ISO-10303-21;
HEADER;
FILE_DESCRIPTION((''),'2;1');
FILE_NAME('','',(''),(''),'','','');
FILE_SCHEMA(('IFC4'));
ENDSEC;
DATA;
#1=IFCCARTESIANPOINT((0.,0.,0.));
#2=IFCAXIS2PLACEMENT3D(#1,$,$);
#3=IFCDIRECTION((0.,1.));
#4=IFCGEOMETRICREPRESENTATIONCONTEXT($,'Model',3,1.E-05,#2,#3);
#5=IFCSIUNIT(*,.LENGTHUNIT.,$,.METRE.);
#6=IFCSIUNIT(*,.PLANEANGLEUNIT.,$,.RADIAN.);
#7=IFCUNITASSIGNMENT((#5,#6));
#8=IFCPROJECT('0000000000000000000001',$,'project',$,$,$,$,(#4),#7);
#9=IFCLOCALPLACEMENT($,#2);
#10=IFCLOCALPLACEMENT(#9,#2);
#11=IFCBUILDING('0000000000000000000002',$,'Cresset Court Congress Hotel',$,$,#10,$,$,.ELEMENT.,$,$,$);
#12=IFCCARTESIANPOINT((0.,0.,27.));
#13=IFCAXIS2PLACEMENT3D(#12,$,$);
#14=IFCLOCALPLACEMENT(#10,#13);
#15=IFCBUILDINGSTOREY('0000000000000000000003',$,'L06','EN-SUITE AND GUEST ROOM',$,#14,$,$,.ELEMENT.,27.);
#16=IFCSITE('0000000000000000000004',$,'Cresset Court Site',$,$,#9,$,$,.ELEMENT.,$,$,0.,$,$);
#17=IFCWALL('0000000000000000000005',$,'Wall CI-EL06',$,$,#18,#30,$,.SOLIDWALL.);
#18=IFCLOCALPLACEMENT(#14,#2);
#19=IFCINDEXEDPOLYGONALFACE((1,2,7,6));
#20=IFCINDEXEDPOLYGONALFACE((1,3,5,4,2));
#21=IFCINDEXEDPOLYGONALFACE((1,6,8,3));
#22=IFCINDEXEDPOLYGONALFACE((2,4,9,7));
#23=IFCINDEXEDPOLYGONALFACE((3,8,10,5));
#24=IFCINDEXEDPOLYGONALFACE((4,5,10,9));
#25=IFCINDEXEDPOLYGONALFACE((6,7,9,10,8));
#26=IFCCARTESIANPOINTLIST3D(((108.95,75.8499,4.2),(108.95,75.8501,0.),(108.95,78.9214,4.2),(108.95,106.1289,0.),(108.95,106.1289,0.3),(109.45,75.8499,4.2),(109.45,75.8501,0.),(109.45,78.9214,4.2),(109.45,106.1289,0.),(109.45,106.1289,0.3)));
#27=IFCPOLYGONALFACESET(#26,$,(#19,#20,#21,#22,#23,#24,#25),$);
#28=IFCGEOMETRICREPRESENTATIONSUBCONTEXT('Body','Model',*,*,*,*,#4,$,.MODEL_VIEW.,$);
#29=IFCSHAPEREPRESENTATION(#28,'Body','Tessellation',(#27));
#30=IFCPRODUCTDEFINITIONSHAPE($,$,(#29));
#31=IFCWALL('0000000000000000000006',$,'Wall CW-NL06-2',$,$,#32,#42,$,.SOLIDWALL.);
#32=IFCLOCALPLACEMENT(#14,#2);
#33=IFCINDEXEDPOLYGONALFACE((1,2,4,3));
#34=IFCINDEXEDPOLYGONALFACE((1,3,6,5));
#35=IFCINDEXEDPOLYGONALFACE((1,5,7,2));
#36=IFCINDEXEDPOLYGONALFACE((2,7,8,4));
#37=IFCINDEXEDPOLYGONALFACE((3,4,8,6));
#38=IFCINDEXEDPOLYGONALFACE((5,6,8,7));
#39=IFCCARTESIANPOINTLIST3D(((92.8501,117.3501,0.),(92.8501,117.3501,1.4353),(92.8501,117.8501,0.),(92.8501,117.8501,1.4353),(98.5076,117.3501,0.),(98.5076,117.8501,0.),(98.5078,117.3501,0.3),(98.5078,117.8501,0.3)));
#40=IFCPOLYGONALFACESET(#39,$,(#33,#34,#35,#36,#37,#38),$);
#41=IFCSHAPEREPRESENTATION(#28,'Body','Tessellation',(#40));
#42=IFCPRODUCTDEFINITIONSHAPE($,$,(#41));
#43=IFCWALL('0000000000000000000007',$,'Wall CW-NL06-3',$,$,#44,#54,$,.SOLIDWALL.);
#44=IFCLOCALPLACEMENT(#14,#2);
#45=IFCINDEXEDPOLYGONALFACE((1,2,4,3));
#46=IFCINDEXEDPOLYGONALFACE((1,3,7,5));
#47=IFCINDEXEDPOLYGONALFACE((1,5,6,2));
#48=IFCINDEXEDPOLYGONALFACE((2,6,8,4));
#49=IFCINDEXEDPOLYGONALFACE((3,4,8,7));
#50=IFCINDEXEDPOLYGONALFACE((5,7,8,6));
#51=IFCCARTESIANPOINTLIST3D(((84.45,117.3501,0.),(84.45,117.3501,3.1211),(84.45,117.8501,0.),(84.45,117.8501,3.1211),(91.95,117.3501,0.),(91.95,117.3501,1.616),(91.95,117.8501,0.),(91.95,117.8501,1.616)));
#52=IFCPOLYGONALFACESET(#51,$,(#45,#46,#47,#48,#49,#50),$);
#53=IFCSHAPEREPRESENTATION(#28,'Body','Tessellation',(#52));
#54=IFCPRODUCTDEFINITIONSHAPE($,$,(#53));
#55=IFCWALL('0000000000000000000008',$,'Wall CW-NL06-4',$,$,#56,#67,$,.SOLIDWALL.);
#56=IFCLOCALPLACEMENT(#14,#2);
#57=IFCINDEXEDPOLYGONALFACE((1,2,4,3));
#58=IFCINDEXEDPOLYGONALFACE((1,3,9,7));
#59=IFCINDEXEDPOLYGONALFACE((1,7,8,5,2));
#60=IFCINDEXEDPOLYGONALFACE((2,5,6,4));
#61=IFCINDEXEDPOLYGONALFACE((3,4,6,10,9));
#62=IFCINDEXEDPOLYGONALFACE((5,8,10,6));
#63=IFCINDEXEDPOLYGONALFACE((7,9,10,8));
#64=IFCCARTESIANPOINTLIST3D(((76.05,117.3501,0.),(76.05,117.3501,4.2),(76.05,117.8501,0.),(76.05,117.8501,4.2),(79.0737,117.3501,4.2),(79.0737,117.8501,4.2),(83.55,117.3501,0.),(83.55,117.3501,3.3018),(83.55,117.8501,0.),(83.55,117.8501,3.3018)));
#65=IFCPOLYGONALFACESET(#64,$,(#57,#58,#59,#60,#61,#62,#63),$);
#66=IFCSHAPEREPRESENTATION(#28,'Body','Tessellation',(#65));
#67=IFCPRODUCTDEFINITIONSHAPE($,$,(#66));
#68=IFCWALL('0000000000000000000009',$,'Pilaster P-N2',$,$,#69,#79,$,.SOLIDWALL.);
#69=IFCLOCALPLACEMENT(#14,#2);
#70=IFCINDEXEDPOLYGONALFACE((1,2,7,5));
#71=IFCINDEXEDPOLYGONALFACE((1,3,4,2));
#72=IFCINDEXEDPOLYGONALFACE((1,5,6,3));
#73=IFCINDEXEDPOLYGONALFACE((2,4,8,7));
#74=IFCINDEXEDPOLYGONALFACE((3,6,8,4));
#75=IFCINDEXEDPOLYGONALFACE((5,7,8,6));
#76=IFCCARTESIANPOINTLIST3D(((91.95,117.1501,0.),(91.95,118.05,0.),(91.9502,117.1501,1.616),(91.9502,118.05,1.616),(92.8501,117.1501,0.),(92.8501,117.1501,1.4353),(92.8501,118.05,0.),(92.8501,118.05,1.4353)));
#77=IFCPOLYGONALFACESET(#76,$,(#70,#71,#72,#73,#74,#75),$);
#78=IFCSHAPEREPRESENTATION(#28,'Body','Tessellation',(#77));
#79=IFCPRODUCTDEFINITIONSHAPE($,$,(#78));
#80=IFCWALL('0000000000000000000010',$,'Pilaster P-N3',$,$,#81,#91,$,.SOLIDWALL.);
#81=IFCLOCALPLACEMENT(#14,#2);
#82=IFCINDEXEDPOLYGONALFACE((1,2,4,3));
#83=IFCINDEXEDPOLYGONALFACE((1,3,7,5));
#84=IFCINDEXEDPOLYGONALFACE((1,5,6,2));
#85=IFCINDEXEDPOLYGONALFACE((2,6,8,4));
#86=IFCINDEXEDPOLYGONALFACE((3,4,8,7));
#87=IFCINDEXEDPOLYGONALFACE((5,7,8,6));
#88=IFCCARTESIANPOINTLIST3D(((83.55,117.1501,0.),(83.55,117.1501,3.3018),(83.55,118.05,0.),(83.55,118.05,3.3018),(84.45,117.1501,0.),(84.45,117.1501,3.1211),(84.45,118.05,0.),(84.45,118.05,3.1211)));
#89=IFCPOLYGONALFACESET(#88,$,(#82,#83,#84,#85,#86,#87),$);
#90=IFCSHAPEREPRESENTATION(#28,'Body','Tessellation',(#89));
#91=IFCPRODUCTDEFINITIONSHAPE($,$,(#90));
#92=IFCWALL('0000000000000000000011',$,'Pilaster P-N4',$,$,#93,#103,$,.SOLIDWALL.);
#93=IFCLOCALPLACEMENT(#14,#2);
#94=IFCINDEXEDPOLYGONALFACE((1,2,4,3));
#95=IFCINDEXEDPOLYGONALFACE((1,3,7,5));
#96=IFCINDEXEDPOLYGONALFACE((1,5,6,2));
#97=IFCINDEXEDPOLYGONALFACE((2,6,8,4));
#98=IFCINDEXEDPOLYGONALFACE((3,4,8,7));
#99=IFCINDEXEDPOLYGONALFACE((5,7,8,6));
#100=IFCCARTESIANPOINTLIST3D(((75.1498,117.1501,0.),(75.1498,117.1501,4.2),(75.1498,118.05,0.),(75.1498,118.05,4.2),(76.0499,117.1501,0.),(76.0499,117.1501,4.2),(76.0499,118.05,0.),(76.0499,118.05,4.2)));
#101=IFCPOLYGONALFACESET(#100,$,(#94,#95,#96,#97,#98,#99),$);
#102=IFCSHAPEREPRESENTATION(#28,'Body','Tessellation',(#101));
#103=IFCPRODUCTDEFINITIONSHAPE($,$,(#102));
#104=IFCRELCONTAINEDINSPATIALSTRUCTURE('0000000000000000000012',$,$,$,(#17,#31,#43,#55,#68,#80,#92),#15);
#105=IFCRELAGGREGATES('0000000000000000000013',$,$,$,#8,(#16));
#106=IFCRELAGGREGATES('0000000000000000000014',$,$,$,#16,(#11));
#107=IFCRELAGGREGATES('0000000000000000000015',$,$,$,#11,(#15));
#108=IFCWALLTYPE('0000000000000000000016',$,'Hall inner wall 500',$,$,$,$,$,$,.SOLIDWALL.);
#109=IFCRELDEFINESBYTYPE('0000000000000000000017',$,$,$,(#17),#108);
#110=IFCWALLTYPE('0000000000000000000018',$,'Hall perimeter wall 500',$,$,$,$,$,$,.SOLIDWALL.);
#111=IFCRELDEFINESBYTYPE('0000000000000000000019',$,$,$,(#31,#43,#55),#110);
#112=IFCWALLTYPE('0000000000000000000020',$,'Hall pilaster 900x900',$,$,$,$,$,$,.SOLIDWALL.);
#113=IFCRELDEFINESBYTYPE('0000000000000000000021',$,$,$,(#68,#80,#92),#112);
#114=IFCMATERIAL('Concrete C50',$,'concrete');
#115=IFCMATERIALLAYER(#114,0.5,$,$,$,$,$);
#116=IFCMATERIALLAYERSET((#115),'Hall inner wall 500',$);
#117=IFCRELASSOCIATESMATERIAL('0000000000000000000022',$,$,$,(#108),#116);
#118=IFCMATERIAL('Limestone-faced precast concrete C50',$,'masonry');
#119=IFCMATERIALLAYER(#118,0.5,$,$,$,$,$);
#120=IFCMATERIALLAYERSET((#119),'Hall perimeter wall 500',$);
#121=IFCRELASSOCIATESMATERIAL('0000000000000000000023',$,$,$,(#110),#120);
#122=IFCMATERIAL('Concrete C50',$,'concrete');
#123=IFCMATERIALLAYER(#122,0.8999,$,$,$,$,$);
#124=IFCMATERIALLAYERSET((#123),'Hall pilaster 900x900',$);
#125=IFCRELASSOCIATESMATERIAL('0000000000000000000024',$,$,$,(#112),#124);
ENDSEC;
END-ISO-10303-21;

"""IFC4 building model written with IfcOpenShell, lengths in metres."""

from ifc_helpers import new_model, si_unit, direction, frame, frame_2d, origin, place, context, subcontext, project, spatial, polyline, rectangle, outline, extrude, material, layer, layer_set, type_object, element, save


model = new_model("IFC4")

# Units and contexts
model_context = context("Model", 3, precision=1e-05, world=origin(), true_north=direction((0.0, 1.0)))
body_context = subcontext(model_context, "Body", "Model", "MODEL_VIEW")
ifc_project = project(units=[si_unit("LENGTHUNIT", "METRE"), si_unit("PLANEANGLEUNIT", "RADIAN")], contexts=[model_context])

# Site, building, storey
site_placement = place(None, origin())
site = spatial("IfcSite", under=ifc_project, at=site_placement, Name="Cresset Court Site", CompositionType="ELEMENT", RefElevation=0.0)
building_placement = place(site_placement, origin())
building = spatial("IfcBuilding", under=site, at=building_placement, Name="Cresset Court Congress Hotel", CompositionType="ELEMENT")
storey_placement = place(building_placement, frame((0.0, 0.0, 27.0)))
storey = spatial("IfcBuildingStorey", under=building, at=storey_placement, Name="L06", Description="EN-SUITE AND GUEST ROOM", CompositionType="ELEMENT", Elevation=27.0)

# Walls
ifc_material_1 = material(Name="Concrete C50", Category="concrete")
ifc_layer_1 = layer(ifc_material_1, 0.5)
ifc_layer_set_1 = layer_set([ifc_layer_1], Name="Hall inner wall 500")
wall_type_1 = type_object("IfcWallType", Name="Hall inner wall 500", PredefinedType="SOLIDWALL", material=ifc_layer_set_1)
wall_1_placement = place(storey_placement, frame((109.2, 106.1289, 0.0), z_axis=(0.0, 0.0, 1.0), x_axis=(0.0, -1.0, 0.0)))
element("IfcWall", 1, at=wall_1_placement, inside=storey, type_object=wall_type_1, Name="Wall CI-EL06", PredefinedType="SOLIDWALL", context=body_context, shape_type="SweptSolid", body=[
    extrude(outline(polyline([(0.0, 0.0), (30.2788, 0.0), (30.2791, 4.2), (27.2075, 4.2), (0.0, 0.3), (0.0, 0.0)])), frame((0.0, 0.25, 0.0), z_axis=(0.0, -1.0, 0.0), x_axis=(1.0, 0.0, 0.0)), (0.0, 0.0, 1.0), 0.5),
])
ifc_material_2 = material(Name="Limestone-faced precast concrete C50", Category="masonry")
ifc_layer_2 = layer(ifc_material_2, 0.5)
ifc_layer_set_2 = layer_set([ifc_layer_2], Name="Hall perimeter wall 500")
wall_type_2 = type_object("IfcWallType", Name="Hall perimeter wall 500", PredefinedType="SOLIDWALL", material=ifc_layer_set_2)
wall_2_placement = place(storey_placement, frame((92.8501, 117.6001, 0.0), z_axis=(0.0, 0.0, 1.0), x_axis=(1.0, 0.0, 0.0)))
element("IfcWall", 2, at=wall_2_placement, inside=storey, type_object=wall_type_2, Name="Wall CW-NL06-2", PredefinedType="SOLIDWALL", context=body_context, shape_type="SweptSolid", body=[
    extrude(outline(polyline([(0.0, 0.0), (5.6575, 0.0), (5.6577, 0.3), (0.0, 1.4353), (0.0, 0.0)])), frame((0.0, 0.25, 0.0), z_axis=(0.0, -1.0, 0.0), x_axis=(1.0, 0.0, 0.0)), (0.0, 0.0, 1.0), 0.5),
])
wall_3_placement = place(storey_placement, frame((84.45, 117.6001, 0.0), z_axis=(0.0, 0.0, 1.0), x_axis=(1.0, 0.0, 0.0)))
element("IfcWall", 3, at=wall_3_placement, inside=storey, type_object=wall_type_2, Name="Wall CW-NL06-3", PredefinedType="SOLIDWALL", context=body_context, shape_type="SweptSolid", body=[
    extrude(outline(polyline([(0.0, 0.0), (7.5, 0.0), (7.5, 1.616), (0.0, 3.1211), (0.0, 0.0)])), frame((0.0, 0.25, 0.0), z_axis=(0.0, -1.0, 0.0), x_axis=(1.0, 0.0, 0.0)), (0.0, 0.0, 1.0), 0.5),
])
wall_4_placement = place(storey_placement, frame((76.05, 117.6001, 0.0), z_axis=(0.0, 0.0, 1.0), x_axis=(1.0, 0.0, 0.0)))
element("IfcWall", 4, at=wall_4_placement, inside=storey, type_object=wall_type_2, Name="Wall CW-NL06-4", PredefinedType="SOLIDWALL", context=body_context, shape_type="SweptSolid", body=[
    extrude(outline(polyline([(0.0, 0.0), (7.5, 0.0), (7.5, 3.3018), (3.0237, 4.2), (0.0, 4.2), (0.0, 0.0)])), frame((0.0, 0.25, 0.0), z_axis=(0.0, -1.0, 0.0), x_axis=(1.0, 0.0, 0.0)), (0.0, 0.0, 1.0), 0.5),
])
ifc_material_3 = material(Name="Concrete C50", Category="concrete")
ifc_layer_3 = layer(ifc_material_3, 0.8999)
ifc_layer_set_3 = layer_set([ifc_layer_3], Name="Hall pilaster 900x900")
wall_type_3 = type_object("IfcWallType", Name="Hall pilaster 900x900", PredefinedType="SOLIDWALL", material=ifc_layer_set_3)
wall_5_placement = place(storey_placement, frame((92.8501, 117.6001, 0.0), z_axis=(0.0, 0.0, 1.0), x_axis=(-1.0, 0.0, 0.0)))
element("IfcWall", 5, at=wall_5_placement, inside=storey, type_object=wall_type_3, Name="Pilaster P-N2", PredefinedType="SOLIDWALL", context=body_context, shape_type="SweptSolid", body=[
    extrude(outline(polyline([(0.0, 0.0), (0.9001, 0.0), (0.8999, 1.616), (0.0, 1.4353), (0.0, 0.0)])), frame((0.0, 0.45, 0.0), z_axis=(0.0, -1.0, 0.0), x_axis=(1.0, 0.0, 0.0)), (0.0, 0.0, 1.0), 0.8999),
])
wall_6_placement = place(storey_placement, frame((84.45, 117.6001, 0.0), z_axis=(0.0, 0.0, 1.0), x_axis=(-1.0, 0.0, 0.0)))
element("IfcWall", 6, at=wall_6_placement, inside=storey, type_object=wall_type_3, Name="Pilaster P-N3", PredefinedType="SOLIDWALL", context=body_context, shape_type="SweptSolid", body=[
    extrude(outline(polyline([(0.0, 0.0), (0.8999, 0.0), (0.8999, 3.3018), (0.0, 3.1211), (0.0, 0.0)])), frame((0.0, 0.45, 0.0), z_axis=(0.0, -1.0, 0.0), x_axis=(1.0, 0.0, 0.0)), (0.0, 0.0, 1.0), 0.8999),
])
wall_7_placement = place(storey_placement, frame((76.05, 117.6001, 0.0), z_axis=(0.0, 0.0, 1.0), x_axis=(-1.0, 0.0, 0.0)))
element("IfcWall", 7, at=wall_7_placement, inside=storey, type_object=wall_type_3, Name="Pilaster P-N4", PredefinedType="SOLIDWALL", context=body_context, shape_type="SweptSolid", body=[
    extrude(rectangle(XDim=0.9001, YDim=0.8999, at=frame_2d((0.4502, 0.0))), origin(), (0.0, 0.0, 1.0), 4.2),
])

save(model, "model.ifc")
